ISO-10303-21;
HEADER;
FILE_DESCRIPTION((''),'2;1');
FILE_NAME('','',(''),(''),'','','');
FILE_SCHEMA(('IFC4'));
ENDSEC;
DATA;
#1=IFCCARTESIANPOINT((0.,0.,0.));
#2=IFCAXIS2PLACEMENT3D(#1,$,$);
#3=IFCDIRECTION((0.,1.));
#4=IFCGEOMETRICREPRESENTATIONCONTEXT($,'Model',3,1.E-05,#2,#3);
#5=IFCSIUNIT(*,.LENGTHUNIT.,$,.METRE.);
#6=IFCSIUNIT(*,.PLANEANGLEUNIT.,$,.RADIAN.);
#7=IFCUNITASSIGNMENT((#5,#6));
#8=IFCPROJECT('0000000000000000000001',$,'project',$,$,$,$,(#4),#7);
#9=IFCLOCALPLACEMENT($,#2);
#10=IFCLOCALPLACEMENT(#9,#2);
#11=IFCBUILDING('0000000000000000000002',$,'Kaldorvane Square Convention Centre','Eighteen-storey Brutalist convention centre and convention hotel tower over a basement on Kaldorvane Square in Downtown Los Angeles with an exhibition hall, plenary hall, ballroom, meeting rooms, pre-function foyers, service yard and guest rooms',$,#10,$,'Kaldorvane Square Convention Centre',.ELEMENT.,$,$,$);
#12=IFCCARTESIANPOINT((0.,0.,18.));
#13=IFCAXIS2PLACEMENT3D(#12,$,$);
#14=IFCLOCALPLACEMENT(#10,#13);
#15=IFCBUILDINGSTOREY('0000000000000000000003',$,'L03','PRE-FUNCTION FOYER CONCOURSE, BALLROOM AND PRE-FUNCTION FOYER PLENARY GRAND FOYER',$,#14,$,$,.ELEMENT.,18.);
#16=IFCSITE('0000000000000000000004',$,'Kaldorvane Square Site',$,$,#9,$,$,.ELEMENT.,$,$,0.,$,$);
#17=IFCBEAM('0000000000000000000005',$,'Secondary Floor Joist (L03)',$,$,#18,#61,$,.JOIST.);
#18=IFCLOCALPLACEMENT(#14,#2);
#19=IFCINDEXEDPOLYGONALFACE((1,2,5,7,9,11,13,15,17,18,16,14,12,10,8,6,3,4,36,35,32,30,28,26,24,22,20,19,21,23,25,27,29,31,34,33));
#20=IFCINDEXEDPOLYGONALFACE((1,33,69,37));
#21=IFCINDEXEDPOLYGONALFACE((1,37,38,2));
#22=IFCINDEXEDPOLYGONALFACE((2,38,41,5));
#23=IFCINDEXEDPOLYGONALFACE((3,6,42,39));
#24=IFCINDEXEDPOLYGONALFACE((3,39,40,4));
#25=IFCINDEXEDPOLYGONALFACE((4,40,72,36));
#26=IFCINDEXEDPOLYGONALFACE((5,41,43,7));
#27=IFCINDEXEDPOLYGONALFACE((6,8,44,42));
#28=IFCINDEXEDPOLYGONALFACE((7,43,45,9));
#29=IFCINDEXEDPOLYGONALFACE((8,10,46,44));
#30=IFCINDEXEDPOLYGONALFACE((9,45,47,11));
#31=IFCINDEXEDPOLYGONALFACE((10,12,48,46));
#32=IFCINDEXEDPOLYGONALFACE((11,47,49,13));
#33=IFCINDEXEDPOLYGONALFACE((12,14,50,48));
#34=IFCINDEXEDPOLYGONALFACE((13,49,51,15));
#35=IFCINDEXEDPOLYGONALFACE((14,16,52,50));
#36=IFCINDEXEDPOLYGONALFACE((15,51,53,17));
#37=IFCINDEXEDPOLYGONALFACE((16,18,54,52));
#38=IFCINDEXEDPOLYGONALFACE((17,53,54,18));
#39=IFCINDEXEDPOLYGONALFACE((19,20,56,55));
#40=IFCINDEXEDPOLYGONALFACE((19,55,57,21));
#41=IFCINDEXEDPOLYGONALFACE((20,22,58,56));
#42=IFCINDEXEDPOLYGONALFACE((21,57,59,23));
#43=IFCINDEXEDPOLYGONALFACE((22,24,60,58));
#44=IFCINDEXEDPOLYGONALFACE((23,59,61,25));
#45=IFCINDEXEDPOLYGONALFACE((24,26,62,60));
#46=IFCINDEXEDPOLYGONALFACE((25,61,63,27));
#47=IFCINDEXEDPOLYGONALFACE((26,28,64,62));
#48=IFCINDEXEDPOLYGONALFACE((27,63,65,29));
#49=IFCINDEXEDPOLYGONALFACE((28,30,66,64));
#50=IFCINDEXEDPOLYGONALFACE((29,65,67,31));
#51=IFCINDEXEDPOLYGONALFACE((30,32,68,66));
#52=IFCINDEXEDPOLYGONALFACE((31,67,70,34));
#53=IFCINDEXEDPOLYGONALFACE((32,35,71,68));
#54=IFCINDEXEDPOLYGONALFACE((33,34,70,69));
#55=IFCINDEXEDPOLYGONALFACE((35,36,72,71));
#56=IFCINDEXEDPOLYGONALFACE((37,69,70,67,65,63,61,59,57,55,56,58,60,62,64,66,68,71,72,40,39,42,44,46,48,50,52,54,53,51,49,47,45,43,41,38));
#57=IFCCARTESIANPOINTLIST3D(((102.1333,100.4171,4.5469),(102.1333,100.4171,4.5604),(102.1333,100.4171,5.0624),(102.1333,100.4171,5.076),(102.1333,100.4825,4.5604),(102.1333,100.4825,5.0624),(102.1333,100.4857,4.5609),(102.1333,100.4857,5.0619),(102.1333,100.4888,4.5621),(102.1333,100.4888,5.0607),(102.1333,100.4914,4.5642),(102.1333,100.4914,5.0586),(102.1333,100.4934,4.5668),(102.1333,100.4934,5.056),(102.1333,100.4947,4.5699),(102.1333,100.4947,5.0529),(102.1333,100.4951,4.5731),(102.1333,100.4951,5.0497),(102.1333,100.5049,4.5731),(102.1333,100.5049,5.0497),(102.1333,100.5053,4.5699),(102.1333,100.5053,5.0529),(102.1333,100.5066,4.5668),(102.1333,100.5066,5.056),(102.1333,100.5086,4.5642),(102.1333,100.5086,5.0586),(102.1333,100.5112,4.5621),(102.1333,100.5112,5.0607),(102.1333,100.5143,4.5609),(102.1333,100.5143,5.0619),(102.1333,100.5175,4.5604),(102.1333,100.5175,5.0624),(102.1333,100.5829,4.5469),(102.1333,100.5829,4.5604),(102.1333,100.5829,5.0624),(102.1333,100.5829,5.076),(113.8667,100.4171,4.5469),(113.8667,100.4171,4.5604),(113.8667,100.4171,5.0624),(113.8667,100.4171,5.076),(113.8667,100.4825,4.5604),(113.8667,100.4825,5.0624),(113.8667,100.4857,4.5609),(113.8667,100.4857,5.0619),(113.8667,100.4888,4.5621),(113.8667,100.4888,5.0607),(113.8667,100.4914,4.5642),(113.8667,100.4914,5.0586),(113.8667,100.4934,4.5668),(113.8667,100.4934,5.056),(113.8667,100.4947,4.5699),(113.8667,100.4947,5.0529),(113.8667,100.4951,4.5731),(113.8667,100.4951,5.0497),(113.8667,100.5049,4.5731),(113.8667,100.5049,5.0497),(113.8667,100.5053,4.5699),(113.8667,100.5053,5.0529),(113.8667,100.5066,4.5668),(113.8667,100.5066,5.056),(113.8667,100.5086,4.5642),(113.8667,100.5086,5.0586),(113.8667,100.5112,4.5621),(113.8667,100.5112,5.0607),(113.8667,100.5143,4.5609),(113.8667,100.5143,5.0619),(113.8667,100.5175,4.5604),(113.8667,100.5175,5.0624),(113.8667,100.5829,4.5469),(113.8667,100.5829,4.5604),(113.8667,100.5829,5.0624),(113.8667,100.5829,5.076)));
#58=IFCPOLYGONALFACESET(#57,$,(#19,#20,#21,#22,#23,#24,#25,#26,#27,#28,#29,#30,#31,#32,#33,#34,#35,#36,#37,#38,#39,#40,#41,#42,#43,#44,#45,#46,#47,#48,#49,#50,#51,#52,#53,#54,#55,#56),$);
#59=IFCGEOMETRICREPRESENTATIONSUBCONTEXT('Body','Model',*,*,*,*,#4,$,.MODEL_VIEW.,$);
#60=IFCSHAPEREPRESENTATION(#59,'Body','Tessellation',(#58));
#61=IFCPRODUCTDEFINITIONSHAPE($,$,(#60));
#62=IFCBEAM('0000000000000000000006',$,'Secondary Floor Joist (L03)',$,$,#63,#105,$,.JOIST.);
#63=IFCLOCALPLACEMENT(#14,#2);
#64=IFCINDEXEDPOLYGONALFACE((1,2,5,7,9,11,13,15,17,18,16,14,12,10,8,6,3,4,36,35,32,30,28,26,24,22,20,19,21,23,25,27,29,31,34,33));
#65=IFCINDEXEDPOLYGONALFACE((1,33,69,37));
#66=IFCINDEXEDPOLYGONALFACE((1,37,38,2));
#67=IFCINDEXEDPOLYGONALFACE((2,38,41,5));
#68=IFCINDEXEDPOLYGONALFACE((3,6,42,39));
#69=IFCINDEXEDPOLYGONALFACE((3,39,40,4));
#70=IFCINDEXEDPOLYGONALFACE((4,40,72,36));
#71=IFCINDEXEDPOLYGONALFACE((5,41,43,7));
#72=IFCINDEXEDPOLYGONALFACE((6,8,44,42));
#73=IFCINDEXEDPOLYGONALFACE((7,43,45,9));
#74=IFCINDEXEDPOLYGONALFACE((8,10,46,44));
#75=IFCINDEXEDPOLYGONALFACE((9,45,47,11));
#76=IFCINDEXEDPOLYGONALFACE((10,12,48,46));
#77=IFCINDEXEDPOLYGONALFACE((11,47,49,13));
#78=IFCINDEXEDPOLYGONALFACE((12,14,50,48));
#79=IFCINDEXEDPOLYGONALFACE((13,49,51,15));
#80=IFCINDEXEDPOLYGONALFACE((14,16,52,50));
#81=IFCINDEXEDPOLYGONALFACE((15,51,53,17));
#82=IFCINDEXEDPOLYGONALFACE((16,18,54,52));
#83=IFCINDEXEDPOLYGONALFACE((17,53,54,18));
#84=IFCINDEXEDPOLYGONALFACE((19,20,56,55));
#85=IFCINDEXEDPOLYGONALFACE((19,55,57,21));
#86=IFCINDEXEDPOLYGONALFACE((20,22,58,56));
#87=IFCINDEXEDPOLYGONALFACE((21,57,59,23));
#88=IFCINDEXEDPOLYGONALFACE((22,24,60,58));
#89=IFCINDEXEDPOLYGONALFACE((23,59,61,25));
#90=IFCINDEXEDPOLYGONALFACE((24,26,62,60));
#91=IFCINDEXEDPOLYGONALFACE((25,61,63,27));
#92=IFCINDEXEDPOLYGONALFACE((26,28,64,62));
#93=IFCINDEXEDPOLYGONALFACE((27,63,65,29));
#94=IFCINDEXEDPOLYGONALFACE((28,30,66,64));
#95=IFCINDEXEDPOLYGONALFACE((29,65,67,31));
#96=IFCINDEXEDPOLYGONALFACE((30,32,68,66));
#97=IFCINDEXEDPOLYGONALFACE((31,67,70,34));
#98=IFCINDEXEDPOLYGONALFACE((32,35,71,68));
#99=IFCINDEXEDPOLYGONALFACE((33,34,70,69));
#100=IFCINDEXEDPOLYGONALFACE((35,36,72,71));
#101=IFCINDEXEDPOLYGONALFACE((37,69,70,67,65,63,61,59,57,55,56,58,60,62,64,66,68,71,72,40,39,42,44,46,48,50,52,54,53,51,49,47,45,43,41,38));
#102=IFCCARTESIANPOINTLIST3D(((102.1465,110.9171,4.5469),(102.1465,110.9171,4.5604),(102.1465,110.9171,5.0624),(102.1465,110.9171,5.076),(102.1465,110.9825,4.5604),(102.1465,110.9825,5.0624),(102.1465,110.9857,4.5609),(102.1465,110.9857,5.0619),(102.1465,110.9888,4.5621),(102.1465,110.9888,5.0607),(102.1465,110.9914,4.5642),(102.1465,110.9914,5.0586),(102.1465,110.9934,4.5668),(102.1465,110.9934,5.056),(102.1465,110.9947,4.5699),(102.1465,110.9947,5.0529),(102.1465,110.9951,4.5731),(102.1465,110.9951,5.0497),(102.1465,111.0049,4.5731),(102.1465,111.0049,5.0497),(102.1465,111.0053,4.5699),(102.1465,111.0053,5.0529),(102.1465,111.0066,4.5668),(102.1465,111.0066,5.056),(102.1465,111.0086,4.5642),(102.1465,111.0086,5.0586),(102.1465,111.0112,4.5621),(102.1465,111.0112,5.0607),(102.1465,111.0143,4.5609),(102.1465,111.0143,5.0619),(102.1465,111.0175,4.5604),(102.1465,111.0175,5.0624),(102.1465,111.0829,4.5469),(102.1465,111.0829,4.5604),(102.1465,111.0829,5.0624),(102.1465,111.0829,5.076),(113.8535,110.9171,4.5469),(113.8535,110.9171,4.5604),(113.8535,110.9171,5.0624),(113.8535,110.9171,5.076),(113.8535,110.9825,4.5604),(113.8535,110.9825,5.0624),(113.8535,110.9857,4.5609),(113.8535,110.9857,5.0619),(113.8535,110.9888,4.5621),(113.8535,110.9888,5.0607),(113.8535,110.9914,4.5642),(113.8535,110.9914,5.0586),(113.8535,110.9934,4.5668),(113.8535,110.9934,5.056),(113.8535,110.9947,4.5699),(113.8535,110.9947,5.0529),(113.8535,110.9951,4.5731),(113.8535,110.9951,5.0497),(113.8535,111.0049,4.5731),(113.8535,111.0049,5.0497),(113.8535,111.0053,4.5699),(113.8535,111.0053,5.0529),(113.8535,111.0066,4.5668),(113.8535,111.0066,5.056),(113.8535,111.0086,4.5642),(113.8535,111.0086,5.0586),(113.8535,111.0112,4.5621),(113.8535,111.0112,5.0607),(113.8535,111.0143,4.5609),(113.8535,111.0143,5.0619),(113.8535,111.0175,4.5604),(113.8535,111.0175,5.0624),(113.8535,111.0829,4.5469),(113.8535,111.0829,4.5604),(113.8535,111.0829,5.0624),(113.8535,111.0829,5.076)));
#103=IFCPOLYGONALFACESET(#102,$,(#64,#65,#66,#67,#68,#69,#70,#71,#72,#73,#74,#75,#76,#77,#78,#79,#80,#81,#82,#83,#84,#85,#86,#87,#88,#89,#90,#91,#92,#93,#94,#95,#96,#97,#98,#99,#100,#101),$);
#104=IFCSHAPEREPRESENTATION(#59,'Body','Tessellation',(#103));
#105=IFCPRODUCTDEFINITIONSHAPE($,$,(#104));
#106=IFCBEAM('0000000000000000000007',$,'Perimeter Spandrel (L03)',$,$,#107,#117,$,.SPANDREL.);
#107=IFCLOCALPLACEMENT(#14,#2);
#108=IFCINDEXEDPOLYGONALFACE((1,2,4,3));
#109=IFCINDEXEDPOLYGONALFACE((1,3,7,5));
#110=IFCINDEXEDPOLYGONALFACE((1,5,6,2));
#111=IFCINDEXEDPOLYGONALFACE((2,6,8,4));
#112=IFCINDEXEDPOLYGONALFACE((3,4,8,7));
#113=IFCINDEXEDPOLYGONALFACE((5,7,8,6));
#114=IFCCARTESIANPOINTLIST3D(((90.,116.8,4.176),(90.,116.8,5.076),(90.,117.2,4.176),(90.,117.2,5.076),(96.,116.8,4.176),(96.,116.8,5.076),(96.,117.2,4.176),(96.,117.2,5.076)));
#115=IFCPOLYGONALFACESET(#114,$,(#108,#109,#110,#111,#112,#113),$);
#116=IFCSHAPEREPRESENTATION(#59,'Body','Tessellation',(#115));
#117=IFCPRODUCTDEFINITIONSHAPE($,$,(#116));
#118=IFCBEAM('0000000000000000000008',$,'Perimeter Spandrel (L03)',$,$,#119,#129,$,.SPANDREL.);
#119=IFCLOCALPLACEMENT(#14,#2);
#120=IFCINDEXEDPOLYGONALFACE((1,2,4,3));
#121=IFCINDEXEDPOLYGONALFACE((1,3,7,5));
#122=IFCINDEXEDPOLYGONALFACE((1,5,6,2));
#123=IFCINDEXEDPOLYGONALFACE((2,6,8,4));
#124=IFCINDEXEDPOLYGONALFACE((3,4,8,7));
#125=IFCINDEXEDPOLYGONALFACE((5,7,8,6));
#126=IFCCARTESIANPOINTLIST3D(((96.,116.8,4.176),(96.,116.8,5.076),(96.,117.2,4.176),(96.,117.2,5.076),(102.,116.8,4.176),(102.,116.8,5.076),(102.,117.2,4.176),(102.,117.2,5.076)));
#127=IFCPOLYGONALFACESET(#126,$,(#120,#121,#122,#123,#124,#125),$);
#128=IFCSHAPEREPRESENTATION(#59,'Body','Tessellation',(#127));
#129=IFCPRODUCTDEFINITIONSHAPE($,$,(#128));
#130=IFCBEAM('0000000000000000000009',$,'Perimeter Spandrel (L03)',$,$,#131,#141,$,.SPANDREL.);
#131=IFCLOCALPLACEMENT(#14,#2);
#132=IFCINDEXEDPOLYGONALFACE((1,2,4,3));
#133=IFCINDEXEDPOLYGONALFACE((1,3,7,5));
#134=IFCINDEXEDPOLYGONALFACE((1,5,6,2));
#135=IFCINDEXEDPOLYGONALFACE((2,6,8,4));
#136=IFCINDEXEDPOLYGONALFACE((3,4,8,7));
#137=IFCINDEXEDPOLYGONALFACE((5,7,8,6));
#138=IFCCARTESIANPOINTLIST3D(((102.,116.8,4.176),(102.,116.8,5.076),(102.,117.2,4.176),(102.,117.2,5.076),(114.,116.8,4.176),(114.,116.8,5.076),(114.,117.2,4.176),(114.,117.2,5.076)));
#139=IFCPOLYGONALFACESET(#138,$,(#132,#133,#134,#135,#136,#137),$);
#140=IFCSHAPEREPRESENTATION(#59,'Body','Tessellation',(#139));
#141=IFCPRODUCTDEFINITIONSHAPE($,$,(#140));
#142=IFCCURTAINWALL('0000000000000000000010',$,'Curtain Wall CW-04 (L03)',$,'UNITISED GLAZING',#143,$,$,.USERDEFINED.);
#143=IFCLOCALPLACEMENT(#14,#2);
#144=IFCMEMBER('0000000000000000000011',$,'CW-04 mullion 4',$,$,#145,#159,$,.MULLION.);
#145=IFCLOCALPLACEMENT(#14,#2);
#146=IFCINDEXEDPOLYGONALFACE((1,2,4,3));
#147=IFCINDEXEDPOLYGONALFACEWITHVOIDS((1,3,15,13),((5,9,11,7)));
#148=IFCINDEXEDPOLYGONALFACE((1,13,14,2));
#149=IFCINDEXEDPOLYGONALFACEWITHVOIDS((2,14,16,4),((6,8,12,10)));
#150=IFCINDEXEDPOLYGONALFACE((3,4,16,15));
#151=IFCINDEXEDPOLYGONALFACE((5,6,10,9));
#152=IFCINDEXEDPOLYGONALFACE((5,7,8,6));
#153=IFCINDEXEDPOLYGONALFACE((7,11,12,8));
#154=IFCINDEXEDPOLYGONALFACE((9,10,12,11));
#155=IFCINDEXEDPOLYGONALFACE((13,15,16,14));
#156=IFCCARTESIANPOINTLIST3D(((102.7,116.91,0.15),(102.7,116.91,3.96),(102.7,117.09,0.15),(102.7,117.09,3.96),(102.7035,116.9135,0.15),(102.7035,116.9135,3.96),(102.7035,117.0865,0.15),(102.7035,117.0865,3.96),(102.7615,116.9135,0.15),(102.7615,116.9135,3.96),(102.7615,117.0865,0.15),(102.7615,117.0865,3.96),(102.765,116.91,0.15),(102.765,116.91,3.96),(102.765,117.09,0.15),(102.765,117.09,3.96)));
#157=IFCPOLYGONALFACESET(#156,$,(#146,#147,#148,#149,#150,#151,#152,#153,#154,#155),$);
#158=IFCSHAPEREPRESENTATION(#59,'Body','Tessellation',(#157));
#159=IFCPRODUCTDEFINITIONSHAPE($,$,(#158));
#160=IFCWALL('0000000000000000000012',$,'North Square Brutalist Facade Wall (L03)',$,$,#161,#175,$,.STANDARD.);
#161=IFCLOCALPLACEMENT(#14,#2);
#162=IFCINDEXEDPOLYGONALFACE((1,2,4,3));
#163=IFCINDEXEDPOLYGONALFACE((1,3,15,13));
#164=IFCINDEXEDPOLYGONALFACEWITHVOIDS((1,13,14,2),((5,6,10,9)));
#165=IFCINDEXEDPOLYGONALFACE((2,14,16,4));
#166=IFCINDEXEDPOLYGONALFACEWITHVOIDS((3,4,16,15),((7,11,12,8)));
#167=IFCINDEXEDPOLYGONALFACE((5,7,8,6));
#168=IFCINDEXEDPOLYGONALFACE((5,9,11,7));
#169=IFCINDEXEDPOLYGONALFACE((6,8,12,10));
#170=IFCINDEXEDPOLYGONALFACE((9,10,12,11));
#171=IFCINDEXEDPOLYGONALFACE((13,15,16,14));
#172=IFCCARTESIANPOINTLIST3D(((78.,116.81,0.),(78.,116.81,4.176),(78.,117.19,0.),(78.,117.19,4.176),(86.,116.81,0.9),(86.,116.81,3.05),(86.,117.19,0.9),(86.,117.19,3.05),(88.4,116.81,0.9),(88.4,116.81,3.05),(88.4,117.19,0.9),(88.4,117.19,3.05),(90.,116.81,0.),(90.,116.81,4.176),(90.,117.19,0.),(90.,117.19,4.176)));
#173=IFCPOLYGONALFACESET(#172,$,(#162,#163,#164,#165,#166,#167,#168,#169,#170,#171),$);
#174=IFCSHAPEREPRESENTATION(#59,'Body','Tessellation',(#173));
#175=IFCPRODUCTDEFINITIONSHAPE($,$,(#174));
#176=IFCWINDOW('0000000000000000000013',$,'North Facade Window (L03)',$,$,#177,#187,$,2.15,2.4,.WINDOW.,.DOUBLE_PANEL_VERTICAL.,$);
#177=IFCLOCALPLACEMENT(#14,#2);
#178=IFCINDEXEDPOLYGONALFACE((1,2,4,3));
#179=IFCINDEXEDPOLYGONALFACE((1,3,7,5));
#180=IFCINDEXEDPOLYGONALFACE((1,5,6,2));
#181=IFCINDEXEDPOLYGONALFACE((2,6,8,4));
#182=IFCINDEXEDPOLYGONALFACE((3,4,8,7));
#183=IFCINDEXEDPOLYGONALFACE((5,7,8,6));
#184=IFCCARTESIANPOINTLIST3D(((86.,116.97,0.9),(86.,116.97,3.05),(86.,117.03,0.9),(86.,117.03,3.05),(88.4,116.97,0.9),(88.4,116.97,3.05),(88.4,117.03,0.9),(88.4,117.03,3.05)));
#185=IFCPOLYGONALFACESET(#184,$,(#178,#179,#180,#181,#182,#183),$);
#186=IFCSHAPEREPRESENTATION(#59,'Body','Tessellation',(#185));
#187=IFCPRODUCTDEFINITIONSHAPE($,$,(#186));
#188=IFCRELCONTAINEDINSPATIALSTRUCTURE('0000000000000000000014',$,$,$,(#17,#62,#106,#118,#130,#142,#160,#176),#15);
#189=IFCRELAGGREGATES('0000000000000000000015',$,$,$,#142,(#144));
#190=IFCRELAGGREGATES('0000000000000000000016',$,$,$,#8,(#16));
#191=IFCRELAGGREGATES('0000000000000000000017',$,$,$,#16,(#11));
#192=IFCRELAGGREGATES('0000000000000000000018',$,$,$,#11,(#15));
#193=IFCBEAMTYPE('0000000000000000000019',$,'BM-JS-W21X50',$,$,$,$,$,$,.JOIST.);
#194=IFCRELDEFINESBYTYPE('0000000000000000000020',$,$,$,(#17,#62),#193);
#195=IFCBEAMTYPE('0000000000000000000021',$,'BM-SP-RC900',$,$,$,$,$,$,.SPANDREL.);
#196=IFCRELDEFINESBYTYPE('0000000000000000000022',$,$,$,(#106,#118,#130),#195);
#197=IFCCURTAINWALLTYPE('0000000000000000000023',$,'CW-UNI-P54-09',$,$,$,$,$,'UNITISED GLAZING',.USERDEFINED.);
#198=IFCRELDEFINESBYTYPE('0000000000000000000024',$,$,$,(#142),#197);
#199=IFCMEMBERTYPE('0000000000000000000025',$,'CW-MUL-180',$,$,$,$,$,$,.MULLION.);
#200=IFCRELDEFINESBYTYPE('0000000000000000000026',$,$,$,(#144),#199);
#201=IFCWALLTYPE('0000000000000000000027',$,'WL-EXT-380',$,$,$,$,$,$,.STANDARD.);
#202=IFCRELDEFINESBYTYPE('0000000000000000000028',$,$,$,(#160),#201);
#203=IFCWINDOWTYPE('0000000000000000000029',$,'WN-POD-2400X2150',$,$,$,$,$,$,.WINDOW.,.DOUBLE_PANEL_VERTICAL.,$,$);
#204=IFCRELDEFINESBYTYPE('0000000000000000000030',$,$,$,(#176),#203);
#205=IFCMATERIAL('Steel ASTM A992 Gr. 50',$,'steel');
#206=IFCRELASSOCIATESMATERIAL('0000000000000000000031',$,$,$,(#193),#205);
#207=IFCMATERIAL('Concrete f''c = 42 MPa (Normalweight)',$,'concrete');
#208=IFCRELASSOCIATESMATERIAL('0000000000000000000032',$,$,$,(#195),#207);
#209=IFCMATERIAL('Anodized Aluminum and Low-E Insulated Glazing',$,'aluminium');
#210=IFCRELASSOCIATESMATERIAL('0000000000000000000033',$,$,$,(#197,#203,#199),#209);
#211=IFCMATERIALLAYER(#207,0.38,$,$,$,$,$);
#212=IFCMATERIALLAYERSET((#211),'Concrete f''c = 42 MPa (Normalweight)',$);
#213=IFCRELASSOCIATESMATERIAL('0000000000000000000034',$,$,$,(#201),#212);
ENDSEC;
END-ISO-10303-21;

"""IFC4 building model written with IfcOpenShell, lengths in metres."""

from ifc_helpers import new_model, si_unit, direction, frame, frame_2d, origin, origin_2d, place, context, subcontext, project, spatial, rectangle, hollow_rectangle, i_section, extrude, material, layer, layer_set, material_profile, profile_set, type_object, element, fill, aggregate, save


model = new_model("IFC4")

# Units and contexts
model_context = context("Model", 3, precision=1e-05, world=origin(), true_north=direction((0.0, 1.0)))
body_context = subcontext(model_context, "Body", "Model", "MODEL_VIEW")
ifc_project = project(units=[si_unit("LENGTHUNIT", "METRE"), si_unit("PLANEANGLEUNIT", "RADIAN")], contexts=[model_context])

# Site, building, storey
site_placement = place(None, origin())
site = spatial("IfcSite", under=ifc_project, at=site_placement, Name="Kaldorvane Square Site", CompositionType="ELEMENT", RefElevation=0.0)
building_placement = place(site_placement, origin())
building = spatial("IfcBuilding", under=site, at=building_placement, Name="Kaldorvane Square Convention Centre", Description="Eighteen-storey Brutalist convention centre and convention hotel tower over a basement on Kaldorvane Square in Downtown Los Angeles with an exhibition hall, plenary hall, ballroom, meeting rooms, pre-function foyers, service yard and guest rooms", LongName="Kaldorvane Square Convention Centre", CompositionType="ELEMENT")
storey_placement = place(building_placement, frame((0.0, 0.0, 18.0)))
storey = spatial("IfcBuildingStorey", under=building, at=storey_placement, Name="L03", Description="PRE-FUNCTION FOYER CONCOURSE, BALLROOM AND PRE-FUNCTION FOYER PLENARY GRAND FOYER", CompositionType="ELEMENT", Elevation=18.0)

# Shared definitions
ifc_material_1 = material(Name="Steel ASTM A992 Gr. 50", Category="steel")

# Beams
ifc_material_profile_1 = material_profile(ifc_material_1, i_section(OverallWidth=0.1659, OverallDepth=0.5291, WebThickness=0.0097, FlangeThickness=0.0136, FilletRadius=0.0127, at=origin_2d()), Name="W21X50")
ifc_profile_set_1 = profile_set([ifc_material_profile_1], Name="Steel ASTM A992 Gr. 50")
beam_type_1 = type_object("IfcBeamType", Name="BM-JS-W21X50", PredefinedType="JOIST", material=ifc_profile_set_1)
beam_1_placement = place(storey_placement, frame((102.1333, 100.5, 4.8114), z_axis=(1.0, 0.0, 0.0), x_axis=(0.0, 1.0, 0.0)))
element("IfcBeam", 1, at=beam_1_placement, inside=storey, type_object=beam_type_1, Name="Secondary Floor Joist (L03)", PredefinedType="JOIST", context=body_context, shape_type="SweptSolid", body=[
    extrude(i_section(OverallWidth=0.1659, OverallDepth=0.5291, WebThickness=0.0097, FlangeThickness=0.0136, FilletRadius=0.0127, at=origin_2d()), origin(), (0.0, 0.0, 1.0), 11.7334),
])
beam_2_placement = place(storey_placement, frame((102.1465, 111.0, 4.8114), z_axis=(1.0, 0.0, 0.0), x_axis=(0.0, 1.0, 0.0)))
element("IfcBeam", 2, at=beam_2_placement, inside=storey, type_object=beam_type_1, Name="Secondary Floor Joist (L03)", PredefinedType="JOIST", context=body_context, shape_type="SweptSolid", body=[
    extrude(i_section(OverallWidth=0.1659, OverallDepth=0.5291, WebThickness=0.0097, FlangeThickness=0.0136, FilletRadius=0.0127, at=origin_2d()), origin(), (0.0, 0.0, 1.0), 11.707),
])
ifc_material_2 = material(Name="Concrete f'c = 42 MPa (Normalweight)", Category="concrete")
ifc_material_profile_2 = material_profile(ifc_material_2, rectangle(XDim=0.4, YDim=0.9, at=origin_2d()), Name="RCSP900X400")
ifc_profile_set_2 = profile_set([ifc_material_profile_2], Name="Concrete f'c = 42 MPa (Normalweight)")
beam_type_2 = type_object("IfcBeamType", Name="BM-SP-RC900", PredefinedType="SPANDREL", material=ifc_profile_set_2)
for number, where, z_axis, x_axis, name in (
    (3, (90.0, 117.0, 4.626), (1.0, 0.0, 0.0), (0.0, 1.0, 0.0), "Perimeter Spandrel (L03)"),
    (4, (96.0, 117.0, 4.626), (1.0, 0.0, 0.0), (0.0, 1.0, 0.0), "Perimeter Spandrel (L03)"),
):
    element("IfcBeam", number, at=place(storey_placement, frame(where, z_axis=z_axis, x_axis=x_axis)), inside=storey, type_object=beam_type_2, Name=name, PredefinedType="SPANDREL", context=body_context, shape_type="SweptSolid", body=[
        extrude(rectangle(XDim=0.4, YDim=0.9, at=origin_2d()), origin(), (0.0, 0.0, 1.0), 6.0),
    ])
beam_3_placement = place(storey_placement, frame((102.0, 117.0, 4.626), z_axis=(1.0, 0.0, 0.0), x_axis=(0.0, 1.0, 0.0)))
element("IfcBeam", 5, at=beam_3_placement, inside=storey, type_object=beam_type_2, Name="Perimeter Spandrel (L03)", PredefinedType="SPANDREL", context=body_context, shape_type="SweptSolid", body=[
    extrude(rectangle(XDim=0.4, YDim=0.9, at=origin_2d()), origin(), (0.0, 0.0, 1.0), 12.0),
])

# Curtain wall, member
ifc_material_3 = material(Name="Anodized Aluminum and Low-E Insulated Glazing", Category="aluminium")
curtain_wall_type = type_object("IfcCurtainWallType", Name="CW-UNI-P54-09", ElementType="UNITISED GLAZING", PredefinedType="USERDEFINED", material=ifc_material_3)
curtain_wall_placement = place(storey_placement, origin())
curtain_wall = element("IfcCurtainWall", 6, at=curtain_wall_placement, inside=storey, type_object=curtain_wall_type, Name="Curtain Wall CW-04 (L03)", ObjectType="UNITISED GLAZING", PredefinedType="USERDEFINED")
ifc_material_profile_3 = material_profile(ifc_material_3, hollow_rectangle(XDim=0.065, YDim=0.18, WallThickness=0.0035, at=origin_2d()), Name="CWM-180X65")
ifc_profile_set_3 = profile_set([ifc_material_profile_3], Name="Anodized Aluminum and Low-E Insulated Glazing")
member_type = type_object("IfcMemberType", Name="CW-MUL-180", PredefinedType="MULLION", material=ifc_profile_set_3)
member_placement = place(storey_placement, frame((102.7325, 117.0, 0.15), z_axis=(0.0, 0.0, 1.0), x_axis=(-1.0, 0.0, 0.0)))
member = element("IfcMember", 7, at=member_placement, type_object=member_type, Name="CW-04 mullion 4", PredefinedType="MULLION", context=body_context, shape_type="SweptSolid", body=[
    extrude(hollow_rectangle(XDim=0.065, YDim=0.18, WallThickness=0.0035, at=origin_2d()), origin(), (0.0, 0.0, 1.0), 3.81),
])
aggregate(curtain_wall, [member])

# Wall, opening, window
ifc_layer = layer(ifc_material_2, 0.38)
ifc_layer_set = layer_set([ifc_layer], Name="Concrete f'c = 42 MPa (Normalweight)")
wall_type = type_object("IfcWallType", Name="WL-EXT-380", PredefinedType="STANDARD", material=ifc_layer_set)
wall_placement = place(storey_placement, frame((90.0, 117.0, 0.0), z_axis=(0.0, 0.0, 1.0), x_axis=(-1.0, 0.0, 0.0)))
wall = element("IfcWall", 8, at=wall_placement, inside=storey, type_object=wall_type, Name="North Square Brutalist Facade Wall (L03)", PredefinedType="STANDARD", context=body_context, shape_type="SweptSolid", body=[
    extrude(rectangle(XDim=12.0, YDim=0.38, at=frame_2d((6.0, 0.0))), origin(), (0.0, 0.0, 1.0), 4.176),
])
opening_placement = place(wall_placement, frame((1.6, 0.0, 0.9)))
opening = element("IfcOpeningElement", 9, at=opening_placement, cuts=wall, PredefinedType="OPENING", context=body_context, shape_type="SweptSolid", body=[
    extrude(rectangle(XDim=2.4, YDim=2.15, at=frame_2d((1.2, 1.075))), frame((0.0, 0.205, 0.0), z_axis=(0.0, -1.0, 0.0), x_axis=(1.0, 0.0, 0.0)), (0.0, 0.0, 1.0), 0.41),
])
window_type = type_object("IfcWindowType", Name="WN-POD-2400X2150", PartitioningType="DOUBLE_PANEL_VERTICAL", PredefinedType="WINDOW", material=ifc_material_3)
window_placement = place(opening_placement, origin())
window = element("IfcWindow", 10, at=window_placement, inside=storey, type_object=window_type, Name="North Facade Window (L03)", OverallHeight=2.15, OverallWidth=2.4, PartitioningType="DOUBLE_PANEL_VERTICAL", PredefinedType="WINDOW", context=body_context, shape_type="SweptSolid", body=[
    extrude(rectangle(XDim=2.4, YDim=2.15, at=frame_2d((1.2, 1.075))), frame((0.0, 0.03, 0.0), z_axis=(0.0, -1.0, 0.0), x_axis=(1.0, 0.0, 0.0)), (0.0, 0.0, 1.0), 0.06),
])
fill(opening, window)

save(model, "model.ifc")
